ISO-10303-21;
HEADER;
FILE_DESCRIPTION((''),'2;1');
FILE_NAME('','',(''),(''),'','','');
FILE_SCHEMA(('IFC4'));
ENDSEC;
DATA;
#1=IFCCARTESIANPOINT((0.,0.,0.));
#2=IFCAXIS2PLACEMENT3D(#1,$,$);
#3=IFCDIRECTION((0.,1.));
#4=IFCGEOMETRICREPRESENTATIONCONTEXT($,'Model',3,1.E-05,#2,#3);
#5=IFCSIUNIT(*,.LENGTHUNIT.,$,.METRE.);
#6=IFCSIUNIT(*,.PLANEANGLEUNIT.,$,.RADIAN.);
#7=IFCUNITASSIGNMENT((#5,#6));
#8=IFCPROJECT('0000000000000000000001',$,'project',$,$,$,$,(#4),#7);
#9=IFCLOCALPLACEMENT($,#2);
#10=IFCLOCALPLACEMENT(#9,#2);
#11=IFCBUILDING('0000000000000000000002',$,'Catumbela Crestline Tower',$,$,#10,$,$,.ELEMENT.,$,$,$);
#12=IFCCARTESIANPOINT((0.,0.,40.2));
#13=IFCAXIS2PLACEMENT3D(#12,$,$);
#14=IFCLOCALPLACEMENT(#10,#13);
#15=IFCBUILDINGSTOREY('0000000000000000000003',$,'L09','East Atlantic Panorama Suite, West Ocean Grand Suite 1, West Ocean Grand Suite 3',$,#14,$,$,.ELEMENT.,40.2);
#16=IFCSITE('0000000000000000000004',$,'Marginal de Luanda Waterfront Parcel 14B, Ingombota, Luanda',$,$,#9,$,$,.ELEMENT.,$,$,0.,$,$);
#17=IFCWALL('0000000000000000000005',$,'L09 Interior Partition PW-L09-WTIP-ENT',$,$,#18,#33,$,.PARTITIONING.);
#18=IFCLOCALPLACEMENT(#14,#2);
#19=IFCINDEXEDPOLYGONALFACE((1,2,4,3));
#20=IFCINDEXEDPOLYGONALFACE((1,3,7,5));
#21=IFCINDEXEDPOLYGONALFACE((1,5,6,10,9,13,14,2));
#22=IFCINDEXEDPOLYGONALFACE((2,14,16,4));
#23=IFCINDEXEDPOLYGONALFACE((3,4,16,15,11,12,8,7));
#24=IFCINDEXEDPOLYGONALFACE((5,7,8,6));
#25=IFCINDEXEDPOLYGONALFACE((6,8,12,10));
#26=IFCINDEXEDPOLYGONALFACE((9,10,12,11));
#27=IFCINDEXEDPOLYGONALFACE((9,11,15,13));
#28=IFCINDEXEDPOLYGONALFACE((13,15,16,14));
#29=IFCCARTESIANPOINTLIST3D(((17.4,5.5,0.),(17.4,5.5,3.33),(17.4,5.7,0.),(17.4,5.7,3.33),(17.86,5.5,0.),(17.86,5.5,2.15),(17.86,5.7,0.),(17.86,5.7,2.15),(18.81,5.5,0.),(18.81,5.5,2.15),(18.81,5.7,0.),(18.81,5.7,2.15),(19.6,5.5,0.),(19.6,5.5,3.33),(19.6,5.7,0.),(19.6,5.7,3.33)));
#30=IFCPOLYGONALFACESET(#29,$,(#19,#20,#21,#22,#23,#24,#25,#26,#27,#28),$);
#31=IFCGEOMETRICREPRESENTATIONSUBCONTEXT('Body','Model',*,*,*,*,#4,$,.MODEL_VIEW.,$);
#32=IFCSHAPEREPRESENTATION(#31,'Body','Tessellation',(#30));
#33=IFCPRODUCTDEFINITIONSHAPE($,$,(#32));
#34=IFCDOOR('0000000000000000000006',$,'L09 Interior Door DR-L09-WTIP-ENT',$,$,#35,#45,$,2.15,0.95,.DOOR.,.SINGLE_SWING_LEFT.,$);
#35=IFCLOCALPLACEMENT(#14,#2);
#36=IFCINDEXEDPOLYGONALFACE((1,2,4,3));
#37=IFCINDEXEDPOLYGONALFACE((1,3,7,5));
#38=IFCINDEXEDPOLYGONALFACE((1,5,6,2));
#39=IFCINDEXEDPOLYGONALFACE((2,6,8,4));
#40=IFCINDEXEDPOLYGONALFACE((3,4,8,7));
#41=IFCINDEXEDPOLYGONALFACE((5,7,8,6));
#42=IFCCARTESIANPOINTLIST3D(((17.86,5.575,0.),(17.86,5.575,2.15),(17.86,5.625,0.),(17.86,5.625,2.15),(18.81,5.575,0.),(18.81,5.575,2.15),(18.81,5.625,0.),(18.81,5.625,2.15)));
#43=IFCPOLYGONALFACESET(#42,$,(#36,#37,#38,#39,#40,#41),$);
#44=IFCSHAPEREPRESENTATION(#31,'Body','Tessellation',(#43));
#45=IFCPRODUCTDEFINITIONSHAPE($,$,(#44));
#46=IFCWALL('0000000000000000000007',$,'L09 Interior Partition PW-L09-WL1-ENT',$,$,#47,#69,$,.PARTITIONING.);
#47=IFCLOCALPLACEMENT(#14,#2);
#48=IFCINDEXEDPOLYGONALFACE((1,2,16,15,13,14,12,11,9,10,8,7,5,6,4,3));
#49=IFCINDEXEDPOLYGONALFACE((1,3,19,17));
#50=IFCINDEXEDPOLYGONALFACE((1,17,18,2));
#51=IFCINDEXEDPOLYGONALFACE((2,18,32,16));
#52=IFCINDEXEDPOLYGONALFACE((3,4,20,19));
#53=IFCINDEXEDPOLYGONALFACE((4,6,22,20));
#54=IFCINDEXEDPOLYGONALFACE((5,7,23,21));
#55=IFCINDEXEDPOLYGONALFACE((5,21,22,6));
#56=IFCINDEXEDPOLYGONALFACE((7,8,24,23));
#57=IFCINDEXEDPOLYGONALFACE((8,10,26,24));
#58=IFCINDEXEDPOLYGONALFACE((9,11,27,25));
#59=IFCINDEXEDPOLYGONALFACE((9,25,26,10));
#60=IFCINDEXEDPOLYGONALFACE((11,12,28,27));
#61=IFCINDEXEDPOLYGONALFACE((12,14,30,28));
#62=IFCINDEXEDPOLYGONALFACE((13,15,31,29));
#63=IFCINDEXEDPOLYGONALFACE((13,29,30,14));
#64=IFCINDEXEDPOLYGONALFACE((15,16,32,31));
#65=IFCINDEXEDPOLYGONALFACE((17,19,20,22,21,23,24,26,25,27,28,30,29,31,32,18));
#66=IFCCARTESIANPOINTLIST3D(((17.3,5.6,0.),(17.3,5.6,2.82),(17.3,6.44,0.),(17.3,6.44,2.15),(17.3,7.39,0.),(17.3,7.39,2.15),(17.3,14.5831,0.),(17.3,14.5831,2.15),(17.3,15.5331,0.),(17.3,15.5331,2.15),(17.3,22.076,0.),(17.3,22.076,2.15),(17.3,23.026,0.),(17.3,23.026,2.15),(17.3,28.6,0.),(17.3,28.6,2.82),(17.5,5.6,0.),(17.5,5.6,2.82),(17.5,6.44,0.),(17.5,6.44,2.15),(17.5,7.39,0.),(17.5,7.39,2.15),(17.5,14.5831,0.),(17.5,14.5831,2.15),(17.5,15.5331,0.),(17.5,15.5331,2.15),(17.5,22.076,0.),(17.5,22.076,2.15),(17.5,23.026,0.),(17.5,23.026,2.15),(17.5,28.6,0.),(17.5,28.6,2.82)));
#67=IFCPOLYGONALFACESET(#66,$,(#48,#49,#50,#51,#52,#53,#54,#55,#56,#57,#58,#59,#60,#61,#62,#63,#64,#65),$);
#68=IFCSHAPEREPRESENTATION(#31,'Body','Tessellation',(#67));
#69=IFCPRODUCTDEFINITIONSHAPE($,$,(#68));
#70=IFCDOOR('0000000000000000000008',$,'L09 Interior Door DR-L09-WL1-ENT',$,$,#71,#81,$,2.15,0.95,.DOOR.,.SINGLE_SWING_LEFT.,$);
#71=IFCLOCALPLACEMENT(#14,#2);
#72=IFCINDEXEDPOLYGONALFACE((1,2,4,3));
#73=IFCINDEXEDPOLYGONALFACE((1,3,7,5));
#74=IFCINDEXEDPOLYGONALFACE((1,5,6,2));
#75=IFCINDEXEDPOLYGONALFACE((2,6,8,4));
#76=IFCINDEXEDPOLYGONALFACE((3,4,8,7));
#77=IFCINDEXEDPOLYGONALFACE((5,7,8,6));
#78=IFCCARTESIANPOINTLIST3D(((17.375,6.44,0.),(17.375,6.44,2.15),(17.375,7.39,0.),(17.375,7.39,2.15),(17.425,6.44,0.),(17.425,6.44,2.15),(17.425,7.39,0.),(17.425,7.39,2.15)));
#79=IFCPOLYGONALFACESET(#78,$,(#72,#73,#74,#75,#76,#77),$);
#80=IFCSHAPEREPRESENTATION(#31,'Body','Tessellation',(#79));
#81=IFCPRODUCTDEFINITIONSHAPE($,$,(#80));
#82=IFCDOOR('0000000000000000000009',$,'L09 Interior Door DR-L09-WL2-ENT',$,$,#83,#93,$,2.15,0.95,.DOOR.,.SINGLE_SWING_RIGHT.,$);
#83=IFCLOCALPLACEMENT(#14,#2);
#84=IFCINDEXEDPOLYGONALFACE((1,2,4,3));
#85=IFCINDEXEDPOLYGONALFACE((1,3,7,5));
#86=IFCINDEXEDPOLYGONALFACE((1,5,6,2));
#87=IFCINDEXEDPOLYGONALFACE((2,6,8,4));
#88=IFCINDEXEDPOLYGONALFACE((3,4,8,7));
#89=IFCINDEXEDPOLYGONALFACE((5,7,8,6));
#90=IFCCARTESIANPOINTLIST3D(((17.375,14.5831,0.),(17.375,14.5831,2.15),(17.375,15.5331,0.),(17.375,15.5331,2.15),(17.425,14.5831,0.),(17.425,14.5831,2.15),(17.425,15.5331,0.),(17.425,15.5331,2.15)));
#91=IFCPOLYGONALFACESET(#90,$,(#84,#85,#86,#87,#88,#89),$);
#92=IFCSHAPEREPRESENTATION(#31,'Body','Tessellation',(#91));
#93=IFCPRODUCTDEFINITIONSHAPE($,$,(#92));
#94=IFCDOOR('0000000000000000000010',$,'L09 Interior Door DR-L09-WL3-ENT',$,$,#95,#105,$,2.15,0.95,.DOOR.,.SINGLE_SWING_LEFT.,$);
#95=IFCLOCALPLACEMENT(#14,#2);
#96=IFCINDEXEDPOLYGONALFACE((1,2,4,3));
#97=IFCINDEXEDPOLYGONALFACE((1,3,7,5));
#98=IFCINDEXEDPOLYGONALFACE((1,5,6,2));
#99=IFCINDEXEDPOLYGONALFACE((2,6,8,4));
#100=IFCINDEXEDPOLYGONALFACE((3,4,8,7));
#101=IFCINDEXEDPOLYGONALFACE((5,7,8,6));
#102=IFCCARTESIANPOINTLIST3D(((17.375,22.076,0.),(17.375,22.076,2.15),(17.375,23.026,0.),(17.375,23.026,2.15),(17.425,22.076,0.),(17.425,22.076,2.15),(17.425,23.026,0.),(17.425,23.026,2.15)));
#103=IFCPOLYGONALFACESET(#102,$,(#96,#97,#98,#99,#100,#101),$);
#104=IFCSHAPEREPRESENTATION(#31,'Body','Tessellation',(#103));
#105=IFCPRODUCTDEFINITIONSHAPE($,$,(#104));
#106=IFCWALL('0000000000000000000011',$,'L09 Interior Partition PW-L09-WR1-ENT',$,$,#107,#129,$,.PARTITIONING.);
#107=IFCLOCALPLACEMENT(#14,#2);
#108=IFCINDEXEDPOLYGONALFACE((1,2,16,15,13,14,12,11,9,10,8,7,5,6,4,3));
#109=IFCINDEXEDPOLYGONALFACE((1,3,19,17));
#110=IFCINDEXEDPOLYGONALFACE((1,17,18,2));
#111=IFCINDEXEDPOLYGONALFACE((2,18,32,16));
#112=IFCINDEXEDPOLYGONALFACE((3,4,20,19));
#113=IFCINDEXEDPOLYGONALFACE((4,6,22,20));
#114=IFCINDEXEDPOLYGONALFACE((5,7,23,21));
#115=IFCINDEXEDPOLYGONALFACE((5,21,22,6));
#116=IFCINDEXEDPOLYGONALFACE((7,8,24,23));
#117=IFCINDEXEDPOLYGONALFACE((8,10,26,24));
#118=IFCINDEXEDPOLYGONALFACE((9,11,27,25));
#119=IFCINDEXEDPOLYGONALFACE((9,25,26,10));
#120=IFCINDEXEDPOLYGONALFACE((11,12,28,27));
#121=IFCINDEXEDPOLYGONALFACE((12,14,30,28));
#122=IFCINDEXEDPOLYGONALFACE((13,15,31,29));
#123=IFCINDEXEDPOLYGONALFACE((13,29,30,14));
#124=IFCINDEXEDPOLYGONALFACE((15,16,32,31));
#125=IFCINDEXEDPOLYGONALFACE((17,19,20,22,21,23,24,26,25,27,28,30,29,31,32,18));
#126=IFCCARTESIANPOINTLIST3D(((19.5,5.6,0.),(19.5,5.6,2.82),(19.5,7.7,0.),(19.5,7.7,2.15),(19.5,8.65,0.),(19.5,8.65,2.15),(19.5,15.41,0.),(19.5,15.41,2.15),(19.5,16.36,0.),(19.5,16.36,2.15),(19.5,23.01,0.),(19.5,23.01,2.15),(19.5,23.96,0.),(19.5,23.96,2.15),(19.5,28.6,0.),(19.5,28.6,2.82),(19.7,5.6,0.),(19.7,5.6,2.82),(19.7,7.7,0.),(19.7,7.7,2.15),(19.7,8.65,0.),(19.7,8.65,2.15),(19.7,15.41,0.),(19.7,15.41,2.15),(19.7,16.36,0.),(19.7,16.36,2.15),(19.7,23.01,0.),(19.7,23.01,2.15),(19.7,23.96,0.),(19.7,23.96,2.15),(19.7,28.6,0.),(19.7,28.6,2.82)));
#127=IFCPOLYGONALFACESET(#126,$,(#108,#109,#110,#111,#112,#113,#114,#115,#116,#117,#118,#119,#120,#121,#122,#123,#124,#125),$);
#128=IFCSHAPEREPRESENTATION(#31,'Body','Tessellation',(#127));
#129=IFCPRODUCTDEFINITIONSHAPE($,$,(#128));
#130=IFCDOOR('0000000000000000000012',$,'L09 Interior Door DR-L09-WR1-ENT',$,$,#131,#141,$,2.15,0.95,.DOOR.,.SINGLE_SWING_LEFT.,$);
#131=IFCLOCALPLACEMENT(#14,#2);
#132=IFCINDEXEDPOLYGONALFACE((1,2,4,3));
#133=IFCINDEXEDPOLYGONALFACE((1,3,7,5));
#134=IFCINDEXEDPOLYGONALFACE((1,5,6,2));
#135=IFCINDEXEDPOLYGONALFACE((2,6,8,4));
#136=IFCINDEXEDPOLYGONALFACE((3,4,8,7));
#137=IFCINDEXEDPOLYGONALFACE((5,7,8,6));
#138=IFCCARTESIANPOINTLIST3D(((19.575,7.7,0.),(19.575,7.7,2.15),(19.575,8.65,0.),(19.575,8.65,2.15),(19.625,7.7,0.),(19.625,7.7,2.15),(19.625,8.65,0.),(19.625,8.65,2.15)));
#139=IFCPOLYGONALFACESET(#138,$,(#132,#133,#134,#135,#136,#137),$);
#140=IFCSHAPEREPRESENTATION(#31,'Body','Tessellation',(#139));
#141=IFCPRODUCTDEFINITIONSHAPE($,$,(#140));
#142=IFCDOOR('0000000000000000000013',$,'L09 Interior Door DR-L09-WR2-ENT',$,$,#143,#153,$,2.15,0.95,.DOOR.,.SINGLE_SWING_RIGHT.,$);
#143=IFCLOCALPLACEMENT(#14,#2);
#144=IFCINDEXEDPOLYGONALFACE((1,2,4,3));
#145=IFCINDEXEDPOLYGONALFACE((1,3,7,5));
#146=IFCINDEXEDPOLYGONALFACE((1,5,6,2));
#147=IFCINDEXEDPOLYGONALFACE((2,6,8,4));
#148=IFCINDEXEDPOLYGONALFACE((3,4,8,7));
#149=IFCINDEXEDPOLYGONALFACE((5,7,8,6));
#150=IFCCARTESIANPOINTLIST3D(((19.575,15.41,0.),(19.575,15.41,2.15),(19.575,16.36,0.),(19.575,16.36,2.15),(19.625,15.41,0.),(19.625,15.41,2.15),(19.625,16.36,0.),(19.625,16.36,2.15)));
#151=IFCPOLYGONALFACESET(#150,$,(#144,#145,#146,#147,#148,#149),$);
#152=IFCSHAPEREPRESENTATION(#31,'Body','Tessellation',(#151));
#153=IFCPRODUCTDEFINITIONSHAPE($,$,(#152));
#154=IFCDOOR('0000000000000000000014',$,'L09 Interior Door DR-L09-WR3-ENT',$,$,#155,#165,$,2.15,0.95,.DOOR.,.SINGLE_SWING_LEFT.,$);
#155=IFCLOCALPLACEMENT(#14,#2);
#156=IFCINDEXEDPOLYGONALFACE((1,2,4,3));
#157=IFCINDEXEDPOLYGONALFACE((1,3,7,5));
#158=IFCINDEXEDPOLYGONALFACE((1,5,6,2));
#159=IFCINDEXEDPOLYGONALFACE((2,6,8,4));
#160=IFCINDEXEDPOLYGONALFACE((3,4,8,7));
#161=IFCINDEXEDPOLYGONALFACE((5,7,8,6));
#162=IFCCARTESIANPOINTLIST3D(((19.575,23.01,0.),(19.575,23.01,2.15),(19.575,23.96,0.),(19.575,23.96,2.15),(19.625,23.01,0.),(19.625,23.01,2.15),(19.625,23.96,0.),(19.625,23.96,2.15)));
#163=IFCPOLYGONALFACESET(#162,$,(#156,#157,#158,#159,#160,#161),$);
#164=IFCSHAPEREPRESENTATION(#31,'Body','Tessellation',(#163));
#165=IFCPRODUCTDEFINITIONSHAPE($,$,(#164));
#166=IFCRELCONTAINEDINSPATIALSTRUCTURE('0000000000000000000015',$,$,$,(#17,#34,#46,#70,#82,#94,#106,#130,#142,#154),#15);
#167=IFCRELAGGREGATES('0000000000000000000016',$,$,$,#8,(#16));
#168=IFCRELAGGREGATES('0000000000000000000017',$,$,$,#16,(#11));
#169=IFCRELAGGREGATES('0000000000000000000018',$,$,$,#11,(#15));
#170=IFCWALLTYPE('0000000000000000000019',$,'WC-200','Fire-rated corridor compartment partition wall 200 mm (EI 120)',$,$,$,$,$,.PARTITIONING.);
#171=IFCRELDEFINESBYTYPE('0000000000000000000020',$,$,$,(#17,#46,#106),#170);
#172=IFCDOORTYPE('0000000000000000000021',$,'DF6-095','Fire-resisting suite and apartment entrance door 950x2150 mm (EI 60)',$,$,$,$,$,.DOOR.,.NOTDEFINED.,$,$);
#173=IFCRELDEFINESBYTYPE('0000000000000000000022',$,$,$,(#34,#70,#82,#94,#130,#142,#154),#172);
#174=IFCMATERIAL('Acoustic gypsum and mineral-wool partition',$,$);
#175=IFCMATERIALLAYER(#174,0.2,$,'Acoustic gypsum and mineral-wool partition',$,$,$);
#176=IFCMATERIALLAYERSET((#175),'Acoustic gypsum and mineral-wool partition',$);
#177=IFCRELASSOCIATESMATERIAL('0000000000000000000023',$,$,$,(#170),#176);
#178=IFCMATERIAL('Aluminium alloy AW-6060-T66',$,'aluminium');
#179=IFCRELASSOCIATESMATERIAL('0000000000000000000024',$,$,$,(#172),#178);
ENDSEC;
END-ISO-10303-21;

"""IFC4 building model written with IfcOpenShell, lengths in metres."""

from ifc_helpers import new_model, si_unit, direction, frame, frame_2d, origin, place, context, subcontext, project, spatial, rectangle, extrude, material, layer, layer_set, type_object, element, fill, save


model = new_model("IFC4")

# Units and contexts
model_context = context("Model", 3, precision=1e-05, world=origin(), true_north=direction((0.0, 1.0)))
body_context = subcontext(model_context, "Body", "Model", "MODEL_VIEW")
ifc_project = project(units=[si_unit("LENGTHUNIT", "METRE"), si_unit("PLANEANGLEUNIT", "RADIAN")], contexts=[model_context])

# Site, building, storey
site_placement = place(None, origin())
site = spatial("IfcSite", under=ifc_project, at=site_placement, Name="Marginal de Luanda Waterfront Parcel 14B, Ingombota, Luanda", CompositionType="ELEMENT", RefElevation=0.0)
building_placement = place(site_placement, origin())
building = spatial("IfcBuilding", under=site, at=building_placement, Name="Catumbela Crestline Tower", CompositionType="ELEMENT")
storey_placement = place(building_placement, frame((0.0, 0.0, 40.2)))
storey = spatial("IfcBuildingStorey", under=building, at=storey_placement, Name="L09", Description="East Atlantic Panorama Suite, West Ocean Grand Suite 1, West Ocean Grand Suite 3", CompositionType="ELEMENT", Elevation=40.2)

# Shared definitions
ifc_material_1 = material(Name="Aluminium alloy AW-6060-T66", Category="aluminium")

# Wall, opening, door
ifc_material_2 = material(Name="Acoustic gypsum and mineral-wool partition")
ifc_layer_1 = layer(ifc_material_2, 0.2, Name="Acoustic gypsum and mineral-wool partition")
ifc_layer_set_1 = layer_set([ifc_layer_1], Name="Acoustic gypsum and mineral-wool partition")
wall_type_1 = type_object("IfcWallType", Name="WC-200", Description="Fire-rated corridor compartment partition wall 200 mm (EI 120)", PredefinedType="PARTITIONING", material=ifc_layer_set_1)
wall_1_placement = place(storey_placement, frame((17.4, 5.6, 0.0), z_axis=(0.0, 0.0, 1.0), x_axis=(1.0, 0.0, 0.0)))
wall_1 = element("IfcWall", 1, at=wall_1_placement, inside=storey, type_object=wall_type_1, Name="L09 Interior Partition PW-L09-WTIP-ENT", PredefinedType="PARTITIONING", context=body_context, shape_type="SweptSolid", body=[
    extrude(rectangle(XDim=2.2, YDim=0.2, at=frame_2d((1.1, 0.0))), origin(), (0.0, 0.0, 1.0), 3.33),
])
opening_1_placement = place(wall_1_placement, frame((0.46, 0.0, 0.0)))
opening_1 = element("IfcOpeningElement", 2, at=opening_1_placement, cuts=wall_1, PredefinedType="OPENING", context=body_context, shape_type="SweptSolid", body=[
    extrude(rectangle(XDim=0.95, YDim=2.15, at=frame_2d((0.475, 1.075))), frame((0.0, 0.11, 0.0), z_axis=(0.0, -1.0, 0.0), x_axis=(1.0, 0.0, 0.0)), (0.0, 0.0, 1.0), 0.22),
])
door_type = type_object("IfcDoorType", Name="DF6-095", Description="Fire-resisting suite and apartment entrance door 950x2150 mm (EI 60)", OperationType="NOTDEFINED", PredefinedType="DOOR", material=ifc_material_1)
door_1_placement = place(opening_1_placement, origin())
door_1 = element("IfcDoor", 3, at=door_1_placement, inside=storey, type_object=door_type, Name="L09 Interior Door DR-L09-WTIP-ENT", OperationType="SINGLE_SWING_LEFT", OverallHeight=2.15, OverallWidth=0.95, PredefinedType="DOOR", context=body_context, shape_type="SweptSolid", body=[
    extrude(rectangle(XDim=0.95, YDim=2.15, at=frame_2d((0.475, 1.075))), frame((0.0, 0.025, 0.0), z_axis=(0.0, -1.0, 0.0), x_axis=(1.0, 0.0, 0.0)), (0.0, 0.0, 1.0), 0.05),
])
fill(opening_1, door_1)

# Walls, openings, doors
wall_2_placement = place(storey_placement, frame((17.4, 5.6, 0.0), z_axis=(0.0, 0.0, 1.0), x_axis=(0.0, 1.0, 0.0)))
wall_2 = element("IfcWall", 4, at=wall_2_placement, inside=storey, type_object=wall_type_1, Name="L09 Interior Partition PW-L09-WL1-ENT", PredefinedType="PARTITIONING", context=body_context, shape_type="SweptSolid", body=[
    extrude(rectangle(XDim=23.0, YDim=0.2, at=frame_2d((11.5, 0.0))), origin(), (0.0, 0.0, 1.0), 2.82),
])
opening_2_placement = place(wall_2_placement, frame((0.84, 0.0, 0.0)))
opening_2 = element("IfcOpeningElement", 5, at=opening_2_placement, cuts=wall_2, PredefinedType="OPENING", context=body_context, shape_type="SweptSolid", body=[
    extrude(rectangle(XDim=0.95, YDim=2.15, at=frame_2d((0.475, 1.075))), frame((0.0, 0.11, 0.0), z_axis=(0.0, -1.0, 0.0), x_axis=(1.0, 0.0, 0.0)), (0.0, 0.0, 1.0), 0.22),
])
opening_3_placement = place(wall_2_placement, frame((8.9831, 0.0, 0.0)))
opening_3 = element("IfcOpeningElement", 6, at=opening_3_placement, cuts=wall_2, PredefinedType="OPENING", context=body_context, shape_type="SweptSolid", body=[
    extrude(rectangle(XDim=0.95, YDim=2.15, at=frame_2d((0.475, 1.075))), frame((0.0, 0.11, 0.0), z_axis=(0.0, -1.0, 0.0), x_axis=(1.0, 0.0, 0.0)), (0.0, 0.0, 1.0), 0.22),
])
opening_4_placement = place(wall_2_placement, frame((16.476, 0.0, 0.0)))
opening_4 = element("IfcOpeningElement", 7, at=opening_4_placement, cuts=wall_2, PredefinedType="OPENING", context=body_context, shape_type="SweptSolid", body=[
    extrude(rectangle(XDim=0.95, YDim=2.15, at=frame_2d((0.475, 1.075))), frame((0.0, 0.11, 0.0), z_axis=(0.0, -1.0, 0.0), x_axis=(1.0, 0.0, 0.0)), (0.0, 0.0, 1.0), 0.22),
])
door_2_placement = place(opening_2_placement, origin())
door_2 = element("IfcDoor", 8, at=door_2_placement, inside=storey, type_object=door_type, Name="L09 Interior Door DR-L09-WL1-ENT", OperationType="SINGLE_SWING_LEFT", OverallHeight=2.15, OverallWidth=0.95, PredefinedType="DOOR", context=body_context, shape_type="SweptSolid", body=[
    extrude(rectangle(XDim=0.95, YDim=2.15, at=frame_2d((0.475, 1.075))), frame((0.0, 0.025, 0.0), z_axis=(0.0, -1.0, 0.0), x_axis=(1.0, 0.0, 0.0)), (0.0, 0.0, 1.0), 0.05),
])
fill(opening_2, door_2)
door_3_placement = place(opening_3_placement, origin())
door_3 = element("IfcDoor", 9, at=door_3_placement, inside=storey, type_object=door_type, Name="L09 Interior Door DR-L09-WL2-ENT", OperationType="SINGLE_SWING_RIGHT", OverallHeight=2.15, OverallWidth=0.95, PredefinedType="DOOR", context=body_context, shape_type="SweptSolid", body=[
    extrude(rectangle(XDim=0.95, YDim=2.15, at=frame_2d((0.475, 1.075))), frame((0.0, 0.025, 0.0), z_axis=(0.0, -1.0, 0.0), x_axis=(1.0, 0.0, 0.0)), (0.0, 0.0, 1.0), 0.05),
])
fill(opening_3, door_3)
door_4_placement = place(opening_4_placement, origin())
door_4 = element("IfcDoor", 10, at=door_4_placement, inside=storey, type_object=door_type, Name="L09 Interior Door DR-L09-WL3-ENT", OperationType="SINGLE_SWING_LEFT", OverallHeight=2.15, OverallWidth=0.95, PredefinedType="DOOR", context=body_context, shape_type="SweptSolid", body=[
    extrude(rectangle(XDim=0.95, YDim=2.15, at=frame_2d((0.475, 1.075))), frame((0.0, 0.025, 0.0), z_axis=(0.0, -1.0, 0.0), x_axis=(1.0, 0.0, 0.0)), (0.0, 0.0, 1.0), 0.05),
])
fill(opening_4, door_4)
wall_3_placement = place(storey_placement, frame((19.6, 5.6, 0.0), z_axis=(0.0, 0.0, 1.0), x_axis=(0.0, 1.0, 0.0)))
wall_3 = element("IfcWall", 11, at=wall_3_placement, inside=storey, type_object=wall_type_1, Name="L09 Interior Partition PW-L09-WR1-ENT", PredefinedType="PARTITIONING", context=body_context, shape_type="SweptSolid", body=[
    extrude(rectangle(XDim=23.0, YDim=0.2, at=frame_2d((11.5, 0.0))), origin(), (0.0, 0.0, 1.0), 2.82),
])
opening_5_placement = place(wall_3_placement, frame((2.1, 0.0, 0.0)))
opening_5 = element("IfcOpeningElement", 12, at=opening_5_placement, cuts=wall_3, PredefinedType="OPENING", context=body_context, shape_type="SweptSolid", body=[
    extrude(rectangle(XDim=0.95, YDim=2.15, at=frame_2d((0.475, 1.075))), frame((0.0, 0.11, 0.0), z_axis=(0.0, -1.0, 0.0), x_axis=(1.0, 0.0, 0.0)), (0.0, 0.0, 1.0), 0.22),
])
opening_6_placement = place(wall_3_placement, frame((9.81, 0.0, 0.0)))
opening_6 = element("IfcOpeningElement", 13, at=opening_6_placement, cuts=wall_3, PredefinedType="OPENING", context=body_context, shape_type="SweptSolid", body=[
    extrude(rectangle(XDim=0.95, YDim=2.15, at=frame_2d((0.475, 1.075))), frame((0.0, 0.11, 0.0), z_axis=(0.0, -1.0, 0.0), x_axis=(1.0, 0.0, 0.0)), (0.0, 0.0, 1.0), 0.22),
])
opening_7_placement = place(wall_3_placement, frame((17.41, 0.0, 0.0)))
opening_7 = element("IfcOpeningElement", 14, at=opening_7_placement, cuts=wall_3, PredefinedType="OPENING", context=body_context, shape_type="SweptSolid", body=[
    extrude(rectangle(XDim=0.95, YDim=2.15, at=frame_2d((0.475, 1.075))), frame((0.0, 0.11, 0.0), z_axis=(0.0, -1.0, 0.0), x_axis=(1.0, 0.0, 0.0)), (0.0, 0.0, 1.0), 0.22),
])
door_5_placement = place(opening_5_placement, origin())
door_5 = element("IfcDoor", 15, at=door_5_placement, inside=storey, type_object=door_type, Name="L09 Interior Door DR-L09-WR1-ENT", OperationType="SINGLE_SWING_LEFT", OverallHeight=2.15, OverallWidth=0.95, PredefinedType="DOOR", context=body_context, shape_type="SweptSolid", body=[
    extrude(rectangle(XDim=0.95, YDim=2.15, at=frame_2d((0.475, 1.075))), frame((0.0, 0.025, 0.0), z_axis=(0.0, -1.0, 0.0), x_axis=(1.0, 0.0, 0.0)), (0.0, 0.0, 1.0), 0.05),
])
fill(opening_5, door_5)
door_6_placement = place(opening_6_placement, origin())
door_6 = element("IfcDoor", 16, at=door_6_placement, inside=storey, type_object=door_type, Name="L09 Interior Door DR-L09-WR2-ENT", OperationType="SINGLE_SWING_RIGHT", OverallHeight=2.15, OverallWidth=0.95, PredefinedType="DOOR", context=body_context, shape_type="SweptSolid", body=[
    extrude(rectangle(XDim=0.95, YDim=2.15, at=frame_2d((0.475, 1.075))), frame((0.0, 0.025, 0.0), z_axis=(0.0, -1.0, 0.0), x_axis=(1.0, 0.0, 0.0)), (0.0, 0.0, 1.0), 0.05),
])
fill(opening_6, door_6)
door_7_placement = place(opening_7_placement, origin())
door_7 = element("IfcDoor", 17, at=door_7_placement, inside=storey, type_object=door_type, Name="L09 Interior Door DR-L09-WR3-ENT", OperationType="SINGLE_SWING_LEFT", OverallHeight=2.15, OverallWidth=0.95, PredefinedType="DOOR", context=body_context, shape_type="SweptSolid", body=[
    extrude(rectangle(XDim=0.95, YDim=2.15, at=frame_2d((0.475, 1.075))), frame((0.0, 0.025, 0.0), z_axis=(0.0, -1.0, 0.0), x_axis=(1.0, 0.0, 0.0)), (0.0, 0.0, 1.0), 0.05),
])
fill(opening_7, door_7)

save(model, "model.ifc")
